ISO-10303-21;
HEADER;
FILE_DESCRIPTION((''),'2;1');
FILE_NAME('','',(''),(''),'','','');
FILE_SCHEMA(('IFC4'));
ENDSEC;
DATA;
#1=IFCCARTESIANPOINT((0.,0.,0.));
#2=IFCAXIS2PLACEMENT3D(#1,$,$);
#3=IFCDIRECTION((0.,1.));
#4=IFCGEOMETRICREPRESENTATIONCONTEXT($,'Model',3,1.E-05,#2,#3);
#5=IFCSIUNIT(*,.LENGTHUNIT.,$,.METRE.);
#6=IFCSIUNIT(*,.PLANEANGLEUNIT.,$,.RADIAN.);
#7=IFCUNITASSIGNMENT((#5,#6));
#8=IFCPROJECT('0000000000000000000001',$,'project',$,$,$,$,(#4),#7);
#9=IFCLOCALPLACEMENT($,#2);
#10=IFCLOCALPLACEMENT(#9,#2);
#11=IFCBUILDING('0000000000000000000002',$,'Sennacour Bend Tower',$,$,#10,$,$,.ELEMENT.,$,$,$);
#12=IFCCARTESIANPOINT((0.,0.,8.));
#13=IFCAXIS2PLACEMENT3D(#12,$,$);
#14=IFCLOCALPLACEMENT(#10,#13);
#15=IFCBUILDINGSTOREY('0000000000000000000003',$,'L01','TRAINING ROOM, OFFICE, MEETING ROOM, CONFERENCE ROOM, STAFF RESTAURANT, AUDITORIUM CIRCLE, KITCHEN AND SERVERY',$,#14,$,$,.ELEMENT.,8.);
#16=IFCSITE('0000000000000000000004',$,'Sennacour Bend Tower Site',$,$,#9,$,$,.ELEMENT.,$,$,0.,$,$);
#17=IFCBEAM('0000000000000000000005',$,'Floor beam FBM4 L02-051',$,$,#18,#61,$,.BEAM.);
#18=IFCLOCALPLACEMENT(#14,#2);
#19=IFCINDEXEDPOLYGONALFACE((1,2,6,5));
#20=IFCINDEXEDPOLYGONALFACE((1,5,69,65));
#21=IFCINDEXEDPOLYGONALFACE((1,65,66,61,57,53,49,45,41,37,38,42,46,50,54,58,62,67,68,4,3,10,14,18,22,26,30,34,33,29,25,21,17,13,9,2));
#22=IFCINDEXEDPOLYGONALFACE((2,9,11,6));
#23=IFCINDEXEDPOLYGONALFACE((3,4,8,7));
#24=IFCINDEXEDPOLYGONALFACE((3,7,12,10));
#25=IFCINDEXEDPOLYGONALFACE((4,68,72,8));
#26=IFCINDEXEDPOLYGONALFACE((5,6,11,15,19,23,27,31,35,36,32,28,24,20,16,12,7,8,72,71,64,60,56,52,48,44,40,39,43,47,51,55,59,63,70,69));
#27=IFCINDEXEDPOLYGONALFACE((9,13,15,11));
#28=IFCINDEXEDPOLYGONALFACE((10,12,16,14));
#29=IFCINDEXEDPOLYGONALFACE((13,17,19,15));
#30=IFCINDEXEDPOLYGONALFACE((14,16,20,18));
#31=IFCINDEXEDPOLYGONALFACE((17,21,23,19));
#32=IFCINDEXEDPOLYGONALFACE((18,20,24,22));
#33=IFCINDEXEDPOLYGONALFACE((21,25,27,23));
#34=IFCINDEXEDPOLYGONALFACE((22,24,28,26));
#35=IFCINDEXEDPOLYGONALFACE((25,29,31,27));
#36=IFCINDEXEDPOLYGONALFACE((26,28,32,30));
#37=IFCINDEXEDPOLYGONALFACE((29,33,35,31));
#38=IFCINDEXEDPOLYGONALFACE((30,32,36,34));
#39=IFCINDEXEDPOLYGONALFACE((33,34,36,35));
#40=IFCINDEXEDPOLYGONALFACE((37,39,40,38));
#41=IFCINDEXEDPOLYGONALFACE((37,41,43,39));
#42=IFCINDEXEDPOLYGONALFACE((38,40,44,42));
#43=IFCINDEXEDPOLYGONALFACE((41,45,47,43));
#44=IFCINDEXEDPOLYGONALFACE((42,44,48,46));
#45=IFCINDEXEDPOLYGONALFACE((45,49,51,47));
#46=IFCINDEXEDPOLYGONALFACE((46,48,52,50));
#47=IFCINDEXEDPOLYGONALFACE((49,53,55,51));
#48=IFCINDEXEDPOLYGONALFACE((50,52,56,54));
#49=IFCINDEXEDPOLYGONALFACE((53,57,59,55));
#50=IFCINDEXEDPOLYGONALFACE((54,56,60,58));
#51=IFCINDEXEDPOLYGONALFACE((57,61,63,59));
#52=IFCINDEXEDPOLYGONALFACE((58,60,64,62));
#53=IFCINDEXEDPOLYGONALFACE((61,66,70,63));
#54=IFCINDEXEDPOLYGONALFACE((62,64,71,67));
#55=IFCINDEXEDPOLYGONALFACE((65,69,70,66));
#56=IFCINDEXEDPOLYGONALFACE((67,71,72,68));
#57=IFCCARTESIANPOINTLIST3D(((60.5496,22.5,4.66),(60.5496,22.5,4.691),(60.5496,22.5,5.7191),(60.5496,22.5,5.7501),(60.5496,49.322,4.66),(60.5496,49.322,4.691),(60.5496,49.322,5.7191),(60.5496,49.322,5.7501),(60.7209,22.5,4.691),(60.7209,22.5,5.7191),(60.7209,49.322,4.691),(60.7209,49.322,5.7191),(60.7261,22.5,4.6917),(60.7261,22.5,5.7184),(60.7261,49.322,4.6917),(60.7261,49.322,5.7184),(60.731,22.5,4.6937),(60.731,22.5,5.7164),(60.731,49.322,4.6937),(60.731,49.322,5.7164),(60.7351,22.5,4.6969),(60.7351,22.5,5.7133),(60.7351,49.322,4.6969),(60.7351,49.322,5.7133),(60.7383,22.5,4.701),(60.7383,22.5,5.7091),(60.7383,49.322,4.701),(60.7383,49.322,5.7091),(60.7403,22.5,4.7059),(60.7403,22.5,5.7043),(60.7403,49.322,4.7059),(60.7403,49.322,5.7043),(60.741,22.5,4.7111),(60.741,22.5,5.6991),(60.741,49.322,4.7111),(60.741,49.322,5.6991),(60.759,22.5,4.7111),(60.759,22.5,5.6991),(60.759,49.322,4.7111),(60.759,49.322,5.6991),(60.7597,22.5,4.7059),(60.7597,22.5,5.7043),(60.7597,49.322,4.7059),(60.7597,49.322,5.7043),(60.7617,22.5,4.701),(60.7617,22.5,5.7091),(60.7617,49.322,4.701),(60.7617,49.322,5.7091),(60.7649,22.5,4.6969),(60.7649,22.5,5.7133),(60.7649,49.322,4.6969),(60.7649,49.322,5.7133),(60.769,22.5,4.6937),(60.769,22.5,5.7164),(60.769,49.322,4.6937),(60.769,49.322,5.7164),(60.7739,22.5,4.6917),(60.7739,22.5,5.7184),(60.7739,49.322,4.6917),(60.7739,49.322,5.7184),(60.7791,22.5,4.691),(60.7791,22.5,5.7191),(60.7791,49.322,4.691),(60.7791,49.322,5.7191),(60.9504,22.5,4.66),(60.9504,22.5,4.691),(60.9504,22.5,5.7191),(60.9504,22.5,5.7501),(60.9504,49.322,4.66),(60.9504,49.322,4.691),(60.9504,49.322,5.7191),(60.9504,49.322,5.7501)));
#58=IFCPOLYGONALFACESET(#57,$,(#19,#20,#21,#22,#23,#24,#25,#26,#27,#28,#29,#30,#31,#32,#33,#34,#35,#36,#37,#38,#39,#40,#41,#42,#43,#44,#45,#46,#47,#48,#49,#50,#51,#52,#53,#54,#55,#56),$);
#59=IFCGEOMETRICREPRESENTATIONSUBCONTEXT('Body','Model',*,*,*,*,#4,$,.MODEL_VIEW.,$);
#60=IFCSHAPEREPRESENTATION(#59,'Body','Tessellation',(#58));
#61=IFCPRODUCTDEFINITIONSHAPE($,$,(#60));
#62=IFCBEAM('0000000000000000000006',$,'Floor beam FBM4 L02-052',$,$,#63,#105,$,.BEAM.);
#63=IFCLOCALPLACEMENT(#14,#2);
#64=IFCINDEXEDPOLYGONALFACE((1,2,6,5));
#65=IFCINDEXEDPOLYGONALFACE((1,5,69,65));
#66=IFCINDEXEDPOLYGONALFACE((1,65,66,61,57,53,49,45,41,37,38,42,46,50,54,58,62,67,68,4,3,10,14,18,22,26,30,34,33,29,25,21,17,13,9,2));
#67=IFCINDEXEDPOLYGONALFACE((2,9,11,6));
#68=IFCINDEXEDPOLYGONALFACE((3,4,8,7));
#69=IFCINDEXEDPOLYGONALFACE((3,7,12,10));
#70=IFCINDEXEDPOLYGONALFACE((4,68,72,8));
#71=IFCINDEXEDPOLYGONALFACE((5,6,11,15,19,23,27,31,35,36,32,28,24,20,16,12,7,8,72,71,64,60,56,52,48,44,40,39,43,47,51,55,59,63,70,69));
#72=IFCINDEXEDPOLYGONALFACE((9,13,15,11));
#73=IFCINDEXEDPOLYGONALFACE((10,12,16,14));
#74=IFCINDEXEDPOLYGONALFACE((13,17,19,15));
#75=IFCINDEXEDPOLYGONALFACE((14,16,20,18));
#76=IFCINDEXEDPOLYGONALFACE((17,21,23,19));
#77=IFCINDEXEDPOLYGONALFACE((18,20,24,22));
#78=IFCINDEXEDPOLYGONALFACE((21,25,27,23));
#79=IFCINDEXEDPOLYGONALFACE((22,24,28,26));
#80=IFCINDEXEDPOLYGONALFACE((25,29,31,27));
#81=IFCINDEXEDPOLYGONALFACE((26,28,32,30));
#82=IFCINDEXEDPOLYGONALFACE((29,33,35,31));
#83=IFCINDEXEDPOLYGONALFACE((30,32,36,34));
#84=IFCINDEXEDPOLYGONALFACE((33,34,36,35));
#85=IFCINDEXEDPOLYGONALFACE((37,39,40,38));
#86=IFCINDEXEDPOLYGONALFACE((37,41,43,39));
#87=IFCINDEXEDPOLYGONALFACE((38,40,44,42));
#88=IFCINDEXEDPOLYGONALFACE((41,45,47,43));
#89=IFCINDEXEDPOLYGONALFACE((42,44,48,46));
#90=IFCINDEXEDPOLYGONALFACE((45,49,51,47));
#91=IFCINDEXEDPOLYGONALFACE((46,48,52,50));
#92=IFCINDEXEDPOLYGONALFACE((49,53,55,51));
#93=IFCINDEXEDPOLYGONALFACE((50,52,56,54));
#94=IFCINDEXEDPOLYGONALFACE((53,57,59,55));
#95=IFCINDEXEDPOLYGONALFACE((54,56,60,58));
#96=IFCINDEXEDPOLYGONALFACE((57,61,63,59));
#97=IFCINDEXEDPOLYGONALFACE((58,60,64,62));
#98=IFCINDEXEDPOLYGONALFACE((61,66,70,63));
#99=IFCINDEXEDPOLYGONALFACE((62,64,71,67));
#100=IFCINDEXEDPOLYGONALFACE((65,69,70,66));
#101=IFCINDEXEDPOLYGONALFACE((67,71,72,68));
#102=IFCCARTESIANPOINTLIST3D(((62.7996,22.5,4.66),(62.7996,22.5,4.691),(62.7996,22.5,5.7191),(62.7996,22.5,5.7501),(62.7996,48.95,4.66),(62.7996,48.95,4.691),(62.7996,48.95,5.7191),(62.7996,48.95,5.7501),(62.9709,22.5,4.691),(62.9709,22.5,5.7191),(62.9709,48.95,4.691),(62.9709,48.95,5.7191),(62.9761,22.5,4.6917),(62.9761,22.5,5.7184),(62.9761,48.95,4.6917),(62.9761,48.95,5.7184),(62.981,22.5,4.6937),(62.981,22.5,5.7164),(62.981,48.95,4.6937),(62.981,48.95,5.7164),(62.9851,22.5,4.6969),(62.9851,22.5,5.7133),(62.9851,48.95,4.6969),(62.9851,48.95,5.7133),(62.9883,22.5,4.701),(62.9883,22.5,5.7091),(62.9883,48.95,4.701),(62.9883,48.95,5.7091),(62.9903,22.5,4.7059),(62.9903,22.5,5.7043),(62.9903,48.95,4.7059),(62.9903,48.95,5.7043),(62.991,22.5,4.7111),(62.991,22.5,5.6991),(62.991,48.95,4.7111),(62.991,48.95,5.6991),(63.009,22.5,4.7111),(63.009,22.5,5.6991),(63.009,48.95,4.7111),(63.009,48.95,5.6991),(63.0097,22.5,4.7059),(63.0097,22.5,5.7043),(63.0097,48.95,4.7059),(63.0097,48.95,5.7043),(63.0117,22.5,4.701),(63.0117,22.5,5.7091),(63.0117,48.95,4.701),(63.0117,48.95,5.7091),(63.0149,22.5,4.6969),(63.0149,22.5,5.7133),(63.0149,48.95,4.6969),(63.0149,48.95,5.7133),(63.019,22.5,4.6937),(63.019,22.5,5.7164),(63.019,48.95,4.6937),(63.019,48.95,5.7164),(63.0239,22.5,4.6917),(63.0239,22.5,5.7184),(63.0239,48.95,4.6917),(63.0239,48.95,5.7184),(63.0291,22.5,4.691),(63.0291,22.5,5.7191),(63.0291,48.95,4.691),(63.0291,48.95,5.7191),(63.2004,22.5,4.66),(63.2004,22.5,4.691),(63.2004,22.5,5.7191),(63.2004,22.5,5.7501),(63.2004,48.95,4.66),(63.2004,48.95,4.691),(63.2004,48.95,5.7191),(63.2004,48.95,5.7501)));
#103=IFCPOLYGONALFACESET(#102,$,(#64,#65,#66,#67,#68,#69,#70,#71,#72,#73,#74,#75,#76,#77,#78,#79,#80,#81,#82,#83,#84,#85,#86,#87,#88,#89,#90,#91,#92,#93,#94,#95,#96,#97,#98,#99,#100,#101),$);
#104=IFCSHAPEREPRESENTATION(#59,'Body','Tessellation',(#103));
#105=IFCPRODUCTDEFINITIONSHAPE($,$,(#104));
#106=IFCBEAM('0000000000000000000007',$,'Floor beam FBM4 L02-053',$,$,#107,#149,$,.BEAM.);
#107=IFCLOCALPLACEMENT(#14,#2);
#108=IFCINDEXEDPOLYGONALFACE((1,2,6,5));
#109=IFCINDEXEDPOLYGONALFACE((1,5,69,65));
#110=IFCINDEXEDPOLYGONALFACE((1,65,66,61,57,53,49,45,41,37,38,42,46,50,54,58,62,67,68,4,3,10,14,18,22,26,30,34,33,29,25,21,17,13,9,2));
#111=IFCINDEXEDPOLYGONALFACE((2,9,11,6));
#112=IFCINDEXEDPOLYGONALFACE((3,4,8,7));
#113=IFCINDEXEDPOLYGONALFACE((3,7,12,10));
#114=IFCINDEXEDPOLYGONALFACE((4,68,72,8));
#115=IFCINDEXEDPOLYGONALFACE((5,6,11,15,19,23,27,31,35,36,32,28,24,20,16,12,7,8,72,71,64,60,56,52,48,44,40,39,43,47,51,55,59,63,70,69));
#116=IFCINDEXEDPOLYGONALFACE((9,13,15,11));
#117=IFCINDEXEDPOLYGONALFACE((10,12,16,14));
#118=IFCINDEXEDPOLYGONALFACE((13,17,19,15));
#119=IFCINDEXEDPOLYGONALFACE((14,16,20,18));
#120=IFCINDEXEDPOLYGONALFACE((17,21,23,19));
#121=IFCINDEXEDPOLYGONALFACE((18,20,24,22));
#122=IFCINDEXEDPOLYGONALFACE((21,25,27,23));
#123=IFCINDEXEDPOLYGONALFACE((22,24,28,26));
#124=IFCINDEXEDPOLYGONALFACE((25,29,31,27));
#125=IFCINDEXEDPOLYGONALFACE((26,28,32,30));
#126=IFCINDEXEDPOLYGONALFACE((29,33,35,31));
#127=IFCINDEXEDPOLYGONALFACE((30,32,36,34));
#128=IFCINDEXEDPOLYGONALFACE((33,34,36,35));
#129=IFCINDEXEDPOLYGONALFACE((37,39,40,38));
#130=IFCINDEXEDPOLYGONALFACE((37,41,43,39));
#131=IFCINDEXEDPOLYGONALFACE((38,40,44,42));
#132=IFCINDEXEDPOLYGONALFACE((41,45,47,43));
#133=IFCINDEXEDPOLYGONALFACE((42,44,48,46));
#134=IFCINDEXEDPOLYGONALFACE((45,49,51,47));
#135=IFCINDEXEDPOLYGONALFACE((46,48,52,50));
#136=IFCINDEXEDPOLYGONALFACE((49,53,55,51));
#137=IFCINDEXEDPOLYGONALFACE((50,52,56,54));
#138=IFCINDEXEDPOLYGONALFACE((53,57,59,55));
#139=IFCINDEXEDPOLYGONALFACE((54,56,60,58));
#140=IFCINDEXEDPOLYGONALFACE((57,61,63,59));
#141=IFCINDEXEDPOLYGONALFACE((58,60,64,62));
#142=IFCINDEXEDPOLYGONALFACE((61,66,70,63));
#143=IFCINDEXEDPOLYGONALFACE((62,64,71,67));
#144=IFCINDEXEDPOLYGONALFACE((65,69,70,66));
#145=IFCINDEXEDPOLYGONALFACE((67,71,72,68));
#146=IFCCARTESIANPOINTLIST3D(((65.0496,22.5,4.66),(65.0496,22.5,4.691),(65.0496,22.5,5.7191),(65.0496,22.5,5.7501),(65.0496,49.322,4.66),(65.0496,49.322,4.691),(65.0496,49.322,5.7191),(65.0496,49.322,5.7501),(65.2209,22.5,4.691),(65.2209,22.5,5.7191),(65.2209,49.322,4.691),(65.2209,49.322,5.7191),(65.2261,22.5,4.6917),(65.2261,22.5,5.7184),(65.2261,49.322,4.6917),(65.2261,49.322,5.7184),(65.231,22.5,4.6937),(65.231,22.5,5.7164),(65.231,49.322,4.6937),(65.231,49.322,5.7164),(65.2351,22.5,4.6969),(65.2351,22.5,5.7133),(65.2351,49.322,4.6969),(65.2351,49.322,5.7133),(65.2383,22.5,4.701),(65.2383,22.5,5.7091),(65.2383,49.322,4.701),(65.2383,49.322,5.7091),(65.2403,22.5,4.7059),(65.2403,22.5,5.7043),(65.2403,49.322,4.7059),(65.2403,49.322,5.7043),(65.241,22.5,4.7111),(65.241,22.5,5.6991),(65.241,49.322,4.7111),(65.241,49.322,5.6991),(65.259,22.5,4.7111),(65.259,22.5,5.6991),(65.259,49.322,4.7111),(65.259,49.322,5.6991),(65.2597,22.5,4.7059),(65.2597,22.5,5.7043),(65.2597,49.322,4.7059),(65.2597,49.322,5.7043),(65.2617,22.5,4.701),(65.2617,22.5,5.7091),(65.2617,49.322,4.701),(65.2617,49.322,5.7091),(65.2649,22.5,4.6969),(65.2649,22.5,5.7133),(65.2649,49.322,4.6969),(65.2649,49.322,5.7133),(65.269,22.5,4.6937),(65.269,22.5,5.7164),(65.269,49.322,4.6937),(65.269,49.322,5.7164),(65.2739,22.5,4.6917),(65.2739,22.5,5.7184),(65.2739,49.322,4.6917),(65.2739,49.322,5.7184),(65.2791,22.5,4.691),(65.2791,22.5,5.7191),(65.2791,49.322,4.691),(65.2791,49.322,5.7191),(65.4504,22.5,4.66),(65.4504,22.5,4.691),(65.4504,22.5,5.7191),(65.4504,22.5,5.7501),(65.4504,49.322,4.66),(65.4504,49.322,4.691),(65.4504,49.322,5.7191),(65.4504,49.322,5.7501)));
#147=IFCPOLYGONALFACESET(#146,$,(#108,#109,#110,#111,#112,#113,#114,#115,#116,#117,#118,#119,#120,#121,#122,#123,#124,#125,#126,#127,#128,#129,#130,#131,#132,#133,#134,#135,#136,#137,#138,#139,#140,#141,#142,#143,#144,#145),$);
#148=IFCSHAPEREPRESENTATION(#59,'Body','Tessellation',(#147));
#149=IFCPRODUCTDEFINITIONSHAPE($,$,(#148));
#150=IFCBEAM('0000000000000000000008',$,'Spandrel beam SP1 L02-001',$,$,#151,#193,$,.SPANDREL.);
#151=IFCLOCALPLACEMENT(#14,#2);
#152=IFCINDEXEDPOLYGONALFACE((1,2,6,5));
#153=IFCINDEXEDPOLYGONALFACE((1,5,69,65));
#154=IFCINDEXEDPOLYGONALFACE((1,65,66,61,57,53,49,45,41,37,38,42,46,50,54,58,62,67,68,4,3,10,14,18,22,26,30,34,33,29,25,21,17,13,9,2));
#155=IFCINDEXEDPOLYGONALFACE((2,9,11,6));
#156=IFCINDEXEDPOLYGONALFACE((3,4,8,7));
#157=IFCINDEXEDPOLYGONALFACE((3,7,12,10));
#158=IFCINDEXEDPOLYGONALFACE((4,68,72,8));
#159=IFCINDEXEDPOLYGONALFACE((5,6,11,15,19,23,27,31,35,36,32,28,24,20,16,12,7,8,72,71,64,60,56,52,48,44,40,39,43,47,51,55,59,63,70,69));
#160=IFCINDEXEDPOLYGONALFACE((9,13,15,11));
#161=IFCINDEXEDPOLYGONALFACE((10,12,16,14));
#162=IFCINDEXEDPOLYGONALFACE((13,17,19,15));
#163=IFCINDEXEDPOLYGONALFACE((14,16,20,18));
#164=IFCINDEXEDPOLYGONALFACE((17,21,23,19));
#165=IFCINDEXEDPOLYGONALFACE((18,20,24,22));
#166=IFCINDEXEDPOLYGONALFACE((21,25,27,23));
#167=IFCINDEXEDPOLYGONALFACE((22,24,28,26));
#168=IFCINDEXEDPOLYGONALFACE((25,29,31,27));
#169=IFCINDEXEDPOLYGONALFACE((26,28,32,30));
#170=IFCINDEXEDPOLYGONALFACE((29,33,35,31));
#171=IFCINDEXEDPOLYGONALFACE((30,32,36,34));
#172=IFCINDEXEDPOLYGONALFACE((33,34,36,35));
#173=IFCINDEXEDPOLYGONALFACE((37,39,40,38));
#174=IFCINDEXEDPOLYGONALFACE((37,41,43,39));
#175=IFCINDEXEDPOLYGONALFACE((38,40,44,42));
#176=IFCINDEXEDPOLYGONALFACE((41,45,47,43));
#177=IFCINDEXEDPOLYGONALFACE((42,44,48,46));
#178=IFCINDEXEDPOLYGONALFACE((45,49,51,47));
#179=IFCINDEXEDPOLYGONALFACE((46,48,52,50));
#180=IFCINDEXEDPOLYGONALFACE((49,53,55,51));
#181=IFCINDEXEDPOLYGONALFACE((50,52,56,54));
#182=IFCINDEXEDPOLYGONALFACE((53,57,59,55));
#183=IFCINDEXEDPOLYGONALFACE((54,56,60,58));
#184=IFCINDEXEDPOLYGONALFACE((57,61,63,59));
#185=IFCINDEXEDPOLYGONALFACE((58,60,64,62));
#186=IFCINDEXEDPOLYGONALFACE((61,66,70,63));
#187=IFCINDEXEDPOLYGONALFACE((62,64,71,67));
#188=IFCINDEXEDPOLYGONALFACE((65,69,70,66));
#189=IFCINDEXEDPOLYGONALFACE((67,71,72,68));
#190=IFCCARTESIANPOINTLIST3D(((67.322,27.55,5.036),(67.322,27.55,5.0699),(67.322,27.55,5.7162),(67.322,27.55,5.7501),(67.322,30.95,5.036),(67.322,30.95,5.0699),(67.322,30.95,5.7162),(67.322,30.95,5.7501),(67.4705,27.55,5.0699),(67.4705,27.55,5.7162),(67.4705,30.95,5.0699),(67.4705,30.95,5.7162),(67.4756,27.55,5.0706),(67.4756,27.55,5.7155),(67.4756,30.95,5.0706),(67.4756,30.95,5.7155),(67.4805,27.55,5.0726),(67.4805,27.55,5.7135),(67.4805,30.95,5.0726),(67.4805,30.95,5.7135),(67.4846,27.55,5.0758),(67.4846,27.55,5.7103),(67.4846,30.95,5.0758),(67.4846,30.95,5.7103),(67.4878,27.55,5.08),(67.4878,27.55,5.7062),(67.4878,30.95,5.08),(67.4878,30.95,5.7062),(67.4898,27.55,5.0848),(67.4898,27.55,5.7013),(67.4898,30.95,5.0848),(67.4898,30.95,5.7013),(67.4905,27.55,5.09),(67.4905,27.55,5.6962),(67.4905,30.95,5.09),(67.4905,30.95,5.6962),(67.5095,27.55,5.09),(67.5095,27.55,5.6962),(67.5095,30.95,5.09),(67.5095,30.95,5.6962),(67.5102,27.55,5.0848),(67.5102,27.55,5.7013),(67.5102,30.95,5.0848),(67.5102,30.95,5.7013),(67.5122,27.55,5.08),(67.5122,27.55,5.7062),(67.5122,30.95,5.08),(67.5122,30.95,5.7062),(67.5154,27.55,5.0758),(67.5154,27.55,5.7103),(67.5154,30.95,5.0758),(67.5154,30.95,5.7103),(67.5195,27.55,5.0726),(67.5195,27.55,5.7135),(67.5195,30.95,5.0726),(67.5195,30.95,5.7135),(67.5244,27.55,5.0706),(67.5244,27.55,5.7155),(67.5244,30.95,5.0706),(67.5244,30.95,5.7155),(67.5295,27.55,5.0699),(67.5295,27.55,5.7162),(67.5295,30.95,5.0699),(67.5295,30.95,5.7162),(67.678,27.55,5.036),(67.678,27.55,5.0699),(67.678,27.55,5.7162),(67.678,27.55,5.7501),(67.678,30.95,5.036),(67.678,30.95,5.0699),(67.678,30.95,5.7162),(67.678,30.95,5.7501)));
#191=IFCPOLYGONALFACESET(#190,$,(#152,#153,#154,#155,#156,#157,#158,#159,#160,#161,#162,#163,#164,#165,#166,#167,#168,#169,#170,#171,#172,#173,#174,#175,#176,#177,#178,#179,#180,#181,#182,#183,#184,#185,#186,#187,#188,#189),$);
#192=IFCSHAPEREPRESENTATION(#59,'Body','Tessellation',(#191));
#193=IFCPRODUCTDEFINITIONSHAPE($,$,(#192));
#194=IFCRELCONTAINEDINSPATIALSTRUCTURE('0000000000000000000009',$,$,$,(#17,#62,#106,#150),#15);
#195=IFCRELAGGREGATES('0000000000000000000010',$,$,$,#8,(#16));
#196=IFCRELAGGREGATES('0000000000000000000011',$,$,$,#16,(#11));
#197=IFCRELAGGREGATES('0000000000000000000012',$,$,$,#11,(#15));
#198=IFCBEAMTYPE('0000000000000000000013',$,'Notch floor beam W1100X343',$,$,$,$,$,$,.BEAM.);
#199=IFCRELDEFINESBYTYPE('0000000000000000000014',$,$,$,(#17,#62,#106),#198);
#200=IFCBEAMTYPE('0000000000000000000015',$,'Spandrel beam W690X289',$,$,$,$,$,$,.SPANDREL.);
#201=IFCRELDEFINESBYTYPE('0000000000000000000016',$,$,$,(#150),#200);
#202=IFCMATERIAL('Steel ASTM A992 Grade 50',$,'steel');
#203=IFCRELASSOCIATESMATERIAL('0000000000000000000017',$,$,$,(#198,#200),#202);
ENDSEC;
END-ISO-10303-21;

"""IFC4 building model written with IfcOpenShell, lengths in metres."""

from ifc_helpers import new_model, si_unit, direction, frame, origin, origin_2d, place, context, subcontext, project, spatial, i_section, extrude, material, material_profile, profile_set, type_object, element, save


model = new_model("IFC4")

# Units and contexts
model_context = context("Model", 3, precision=1e-05, world=origin(), true_north=direction((0.0, 1.0)))
body_context = subcontext(model_context, "Body", "Model", "MODEL_VIEW")
ifc_project = project(units=[si_unit("LENGTHUNIT", "METRE"), si_unit("PLANEANGLEUNIT", "RADIAN")], contexts=[model_context])

# Site, building, storey
site_placement = place(None, origin())
site = spatial("IfcSite", under=ifc_project, at=site_placement, Name="Sennacour Bend Tower Site", CompositionType="ELEMENT", RefElevation=0.0)
building_placement = place(site_placement, origin())
building = spatial("IfcBuilding", under=site, at=building_placement, Name="Sennacour Bend Tower", CompositionType="ELEMENT")
storey_placement = place(building_placement, frame((0.0, 0.0, 8.0)))
storey = spatial("IfcBuildingStorey", under=building, at=storey_placement, Name="L01", Description="TRAINING ROOM, OFFICE, MEETING ROOM, CONFERENCE ROOM, STAFF RESTAURANT, AUDITORIUM CIRCLE, KITCHEN AND SERVERY", CompositionType="ELEMENT", Elevation=8.0)

# Beams
ifc_material_1 = material(Name="Steel ASTM A992 Grade 50", Category="steel")
ifc_material_profile_1 = material_profile(ifc_material_1, i_section(OverallWidth=0.4009, OverallDepth=1.0901, WebThickness=0.0181, FlangeThickness=0.031, FilletRadius=0.02, at=origin_2d()), Name="Steel ASTM A992 Grade 50", Category="steel")
ifc_profile_set_1 = profile_set([ifc_material_profile_1], Name="Steel ASTM A992 Grade 50")
beam_type_1 = type_object("IfcBeamType", Name="Notch floor beam W1100X343", PredefinedType="BEAM", material=ifc_profile_set_1)
beam_1_placement = place(storey_placement, frame((60.75, 22.5, 5.2051), z_axis=(0.0, 1.0, 0.0), x_axis=(-1.0, 0.0, 0.0)))
element("IfcBeam", 1, at=beam_1_placement, inside=storey, type_object=beam_type_1, Name="Floor beam FBM4 L02-051", PredefinedType="BEAM", context=body_context, shape_type="SweptSolid", body=[
    extrude(i_section(OverallWidth=0.4009, OverallDepth=1.0901, WebThickness=0.0181, FlangeThickness=0.031, FilletRadius=0.02, at=origin_2d()), origin(), (0.0, 0.0, 1.0), 26.822),
])
beam_2_placement = place(storey_placement, frame((63.0, 22.5, 5.2051), z_axis=(0.0, 1.0, 0.0), x_axis=(-1.0, 0.0, 0.0)))
element("IfcBeam", 2, at=beam_2_placement, inside=storey, type_object=beam_type_1, Name="Floor beam FBM4 L02-052", PredefinedType="BEAM", context=body_context, shape_type="SweptSolid", body=[
    extrude(i_section(OverallWidth=0.4009, OverallDepth=1.0901, WebThickness=0.0181, FlangeThickness=0.031, FilletRadius=0.02, at=origin_2d()), origin(), (0.0, 0.0, 1.0), 26.45),
])
beam_3_placement = place(storey_placement, frame((65.25, 22.5, 5.2051), z_axis=(0.0, 1.0, 0.0), x_axis=(-1.0, 0.0, 0.0)))
element("IfcBeam", 3, at=beam_3_placement, inside=storey, type_object=beam_type_1, Name="Floor beam FBM4 L02-053", PredefinedType="BEAM", context=body_context, shape_type="SweptSolid", body=[
    extrude(i_section(OverallWidth=0.4009, OverallDepth=1.0901, WebThickness=0.0181, FlangeThickness=0.031, FilletRadius=0.02, at=origin_2d()), origin(), (0.0, 0.0, 1.0), 26.822),
])
ifc_material_profile_2 = material_profile(ifc_material_1, i_section(OverallWidth=0.356, OverallDepth=0.7141, WebThickness=0.019, FlangeThickness=0.0339, FilletRadius=0.02, at=origin_2d()), Name="Steel ASTM A992 Grade 50", Category="steel")
ifc_profile_set_2 = profile_set([ifc_material_profile_2], Name="Steel ASTM A992 Grade 50")
beam_type_2 = type_object("IfcBeamType", Name="Spandrel beam W690X289", PredefinedType="SPANDREL", material=ifc_profile_set_2)
beam_4_placement = place(storey_placement, frame((67.5, 27.55, 5.3931), z_axis=(0.0, 1.0, 0.0), x_axis=(-1.0, 0.0, 0.0)))
element("IfcBeam", 4, at=beam_4_placement, inside=storey, type_object=beam_type_2, Name="Spandrel beam SP1 L02-001", PredefinedType="SPANDREL", context=body_context, shape_type="SweptSolid", body=[
    extrude(i_section(OverallWidth=0.356, OverallDepth=0.7141, WebThickness=0.019, FlangeThickness=0.0339, FilletRadius=0.02, at=origin_2d()), origin(), (0.0, 0.0, 1.0), 3.3999),
])

save(model, "model.ifc")
